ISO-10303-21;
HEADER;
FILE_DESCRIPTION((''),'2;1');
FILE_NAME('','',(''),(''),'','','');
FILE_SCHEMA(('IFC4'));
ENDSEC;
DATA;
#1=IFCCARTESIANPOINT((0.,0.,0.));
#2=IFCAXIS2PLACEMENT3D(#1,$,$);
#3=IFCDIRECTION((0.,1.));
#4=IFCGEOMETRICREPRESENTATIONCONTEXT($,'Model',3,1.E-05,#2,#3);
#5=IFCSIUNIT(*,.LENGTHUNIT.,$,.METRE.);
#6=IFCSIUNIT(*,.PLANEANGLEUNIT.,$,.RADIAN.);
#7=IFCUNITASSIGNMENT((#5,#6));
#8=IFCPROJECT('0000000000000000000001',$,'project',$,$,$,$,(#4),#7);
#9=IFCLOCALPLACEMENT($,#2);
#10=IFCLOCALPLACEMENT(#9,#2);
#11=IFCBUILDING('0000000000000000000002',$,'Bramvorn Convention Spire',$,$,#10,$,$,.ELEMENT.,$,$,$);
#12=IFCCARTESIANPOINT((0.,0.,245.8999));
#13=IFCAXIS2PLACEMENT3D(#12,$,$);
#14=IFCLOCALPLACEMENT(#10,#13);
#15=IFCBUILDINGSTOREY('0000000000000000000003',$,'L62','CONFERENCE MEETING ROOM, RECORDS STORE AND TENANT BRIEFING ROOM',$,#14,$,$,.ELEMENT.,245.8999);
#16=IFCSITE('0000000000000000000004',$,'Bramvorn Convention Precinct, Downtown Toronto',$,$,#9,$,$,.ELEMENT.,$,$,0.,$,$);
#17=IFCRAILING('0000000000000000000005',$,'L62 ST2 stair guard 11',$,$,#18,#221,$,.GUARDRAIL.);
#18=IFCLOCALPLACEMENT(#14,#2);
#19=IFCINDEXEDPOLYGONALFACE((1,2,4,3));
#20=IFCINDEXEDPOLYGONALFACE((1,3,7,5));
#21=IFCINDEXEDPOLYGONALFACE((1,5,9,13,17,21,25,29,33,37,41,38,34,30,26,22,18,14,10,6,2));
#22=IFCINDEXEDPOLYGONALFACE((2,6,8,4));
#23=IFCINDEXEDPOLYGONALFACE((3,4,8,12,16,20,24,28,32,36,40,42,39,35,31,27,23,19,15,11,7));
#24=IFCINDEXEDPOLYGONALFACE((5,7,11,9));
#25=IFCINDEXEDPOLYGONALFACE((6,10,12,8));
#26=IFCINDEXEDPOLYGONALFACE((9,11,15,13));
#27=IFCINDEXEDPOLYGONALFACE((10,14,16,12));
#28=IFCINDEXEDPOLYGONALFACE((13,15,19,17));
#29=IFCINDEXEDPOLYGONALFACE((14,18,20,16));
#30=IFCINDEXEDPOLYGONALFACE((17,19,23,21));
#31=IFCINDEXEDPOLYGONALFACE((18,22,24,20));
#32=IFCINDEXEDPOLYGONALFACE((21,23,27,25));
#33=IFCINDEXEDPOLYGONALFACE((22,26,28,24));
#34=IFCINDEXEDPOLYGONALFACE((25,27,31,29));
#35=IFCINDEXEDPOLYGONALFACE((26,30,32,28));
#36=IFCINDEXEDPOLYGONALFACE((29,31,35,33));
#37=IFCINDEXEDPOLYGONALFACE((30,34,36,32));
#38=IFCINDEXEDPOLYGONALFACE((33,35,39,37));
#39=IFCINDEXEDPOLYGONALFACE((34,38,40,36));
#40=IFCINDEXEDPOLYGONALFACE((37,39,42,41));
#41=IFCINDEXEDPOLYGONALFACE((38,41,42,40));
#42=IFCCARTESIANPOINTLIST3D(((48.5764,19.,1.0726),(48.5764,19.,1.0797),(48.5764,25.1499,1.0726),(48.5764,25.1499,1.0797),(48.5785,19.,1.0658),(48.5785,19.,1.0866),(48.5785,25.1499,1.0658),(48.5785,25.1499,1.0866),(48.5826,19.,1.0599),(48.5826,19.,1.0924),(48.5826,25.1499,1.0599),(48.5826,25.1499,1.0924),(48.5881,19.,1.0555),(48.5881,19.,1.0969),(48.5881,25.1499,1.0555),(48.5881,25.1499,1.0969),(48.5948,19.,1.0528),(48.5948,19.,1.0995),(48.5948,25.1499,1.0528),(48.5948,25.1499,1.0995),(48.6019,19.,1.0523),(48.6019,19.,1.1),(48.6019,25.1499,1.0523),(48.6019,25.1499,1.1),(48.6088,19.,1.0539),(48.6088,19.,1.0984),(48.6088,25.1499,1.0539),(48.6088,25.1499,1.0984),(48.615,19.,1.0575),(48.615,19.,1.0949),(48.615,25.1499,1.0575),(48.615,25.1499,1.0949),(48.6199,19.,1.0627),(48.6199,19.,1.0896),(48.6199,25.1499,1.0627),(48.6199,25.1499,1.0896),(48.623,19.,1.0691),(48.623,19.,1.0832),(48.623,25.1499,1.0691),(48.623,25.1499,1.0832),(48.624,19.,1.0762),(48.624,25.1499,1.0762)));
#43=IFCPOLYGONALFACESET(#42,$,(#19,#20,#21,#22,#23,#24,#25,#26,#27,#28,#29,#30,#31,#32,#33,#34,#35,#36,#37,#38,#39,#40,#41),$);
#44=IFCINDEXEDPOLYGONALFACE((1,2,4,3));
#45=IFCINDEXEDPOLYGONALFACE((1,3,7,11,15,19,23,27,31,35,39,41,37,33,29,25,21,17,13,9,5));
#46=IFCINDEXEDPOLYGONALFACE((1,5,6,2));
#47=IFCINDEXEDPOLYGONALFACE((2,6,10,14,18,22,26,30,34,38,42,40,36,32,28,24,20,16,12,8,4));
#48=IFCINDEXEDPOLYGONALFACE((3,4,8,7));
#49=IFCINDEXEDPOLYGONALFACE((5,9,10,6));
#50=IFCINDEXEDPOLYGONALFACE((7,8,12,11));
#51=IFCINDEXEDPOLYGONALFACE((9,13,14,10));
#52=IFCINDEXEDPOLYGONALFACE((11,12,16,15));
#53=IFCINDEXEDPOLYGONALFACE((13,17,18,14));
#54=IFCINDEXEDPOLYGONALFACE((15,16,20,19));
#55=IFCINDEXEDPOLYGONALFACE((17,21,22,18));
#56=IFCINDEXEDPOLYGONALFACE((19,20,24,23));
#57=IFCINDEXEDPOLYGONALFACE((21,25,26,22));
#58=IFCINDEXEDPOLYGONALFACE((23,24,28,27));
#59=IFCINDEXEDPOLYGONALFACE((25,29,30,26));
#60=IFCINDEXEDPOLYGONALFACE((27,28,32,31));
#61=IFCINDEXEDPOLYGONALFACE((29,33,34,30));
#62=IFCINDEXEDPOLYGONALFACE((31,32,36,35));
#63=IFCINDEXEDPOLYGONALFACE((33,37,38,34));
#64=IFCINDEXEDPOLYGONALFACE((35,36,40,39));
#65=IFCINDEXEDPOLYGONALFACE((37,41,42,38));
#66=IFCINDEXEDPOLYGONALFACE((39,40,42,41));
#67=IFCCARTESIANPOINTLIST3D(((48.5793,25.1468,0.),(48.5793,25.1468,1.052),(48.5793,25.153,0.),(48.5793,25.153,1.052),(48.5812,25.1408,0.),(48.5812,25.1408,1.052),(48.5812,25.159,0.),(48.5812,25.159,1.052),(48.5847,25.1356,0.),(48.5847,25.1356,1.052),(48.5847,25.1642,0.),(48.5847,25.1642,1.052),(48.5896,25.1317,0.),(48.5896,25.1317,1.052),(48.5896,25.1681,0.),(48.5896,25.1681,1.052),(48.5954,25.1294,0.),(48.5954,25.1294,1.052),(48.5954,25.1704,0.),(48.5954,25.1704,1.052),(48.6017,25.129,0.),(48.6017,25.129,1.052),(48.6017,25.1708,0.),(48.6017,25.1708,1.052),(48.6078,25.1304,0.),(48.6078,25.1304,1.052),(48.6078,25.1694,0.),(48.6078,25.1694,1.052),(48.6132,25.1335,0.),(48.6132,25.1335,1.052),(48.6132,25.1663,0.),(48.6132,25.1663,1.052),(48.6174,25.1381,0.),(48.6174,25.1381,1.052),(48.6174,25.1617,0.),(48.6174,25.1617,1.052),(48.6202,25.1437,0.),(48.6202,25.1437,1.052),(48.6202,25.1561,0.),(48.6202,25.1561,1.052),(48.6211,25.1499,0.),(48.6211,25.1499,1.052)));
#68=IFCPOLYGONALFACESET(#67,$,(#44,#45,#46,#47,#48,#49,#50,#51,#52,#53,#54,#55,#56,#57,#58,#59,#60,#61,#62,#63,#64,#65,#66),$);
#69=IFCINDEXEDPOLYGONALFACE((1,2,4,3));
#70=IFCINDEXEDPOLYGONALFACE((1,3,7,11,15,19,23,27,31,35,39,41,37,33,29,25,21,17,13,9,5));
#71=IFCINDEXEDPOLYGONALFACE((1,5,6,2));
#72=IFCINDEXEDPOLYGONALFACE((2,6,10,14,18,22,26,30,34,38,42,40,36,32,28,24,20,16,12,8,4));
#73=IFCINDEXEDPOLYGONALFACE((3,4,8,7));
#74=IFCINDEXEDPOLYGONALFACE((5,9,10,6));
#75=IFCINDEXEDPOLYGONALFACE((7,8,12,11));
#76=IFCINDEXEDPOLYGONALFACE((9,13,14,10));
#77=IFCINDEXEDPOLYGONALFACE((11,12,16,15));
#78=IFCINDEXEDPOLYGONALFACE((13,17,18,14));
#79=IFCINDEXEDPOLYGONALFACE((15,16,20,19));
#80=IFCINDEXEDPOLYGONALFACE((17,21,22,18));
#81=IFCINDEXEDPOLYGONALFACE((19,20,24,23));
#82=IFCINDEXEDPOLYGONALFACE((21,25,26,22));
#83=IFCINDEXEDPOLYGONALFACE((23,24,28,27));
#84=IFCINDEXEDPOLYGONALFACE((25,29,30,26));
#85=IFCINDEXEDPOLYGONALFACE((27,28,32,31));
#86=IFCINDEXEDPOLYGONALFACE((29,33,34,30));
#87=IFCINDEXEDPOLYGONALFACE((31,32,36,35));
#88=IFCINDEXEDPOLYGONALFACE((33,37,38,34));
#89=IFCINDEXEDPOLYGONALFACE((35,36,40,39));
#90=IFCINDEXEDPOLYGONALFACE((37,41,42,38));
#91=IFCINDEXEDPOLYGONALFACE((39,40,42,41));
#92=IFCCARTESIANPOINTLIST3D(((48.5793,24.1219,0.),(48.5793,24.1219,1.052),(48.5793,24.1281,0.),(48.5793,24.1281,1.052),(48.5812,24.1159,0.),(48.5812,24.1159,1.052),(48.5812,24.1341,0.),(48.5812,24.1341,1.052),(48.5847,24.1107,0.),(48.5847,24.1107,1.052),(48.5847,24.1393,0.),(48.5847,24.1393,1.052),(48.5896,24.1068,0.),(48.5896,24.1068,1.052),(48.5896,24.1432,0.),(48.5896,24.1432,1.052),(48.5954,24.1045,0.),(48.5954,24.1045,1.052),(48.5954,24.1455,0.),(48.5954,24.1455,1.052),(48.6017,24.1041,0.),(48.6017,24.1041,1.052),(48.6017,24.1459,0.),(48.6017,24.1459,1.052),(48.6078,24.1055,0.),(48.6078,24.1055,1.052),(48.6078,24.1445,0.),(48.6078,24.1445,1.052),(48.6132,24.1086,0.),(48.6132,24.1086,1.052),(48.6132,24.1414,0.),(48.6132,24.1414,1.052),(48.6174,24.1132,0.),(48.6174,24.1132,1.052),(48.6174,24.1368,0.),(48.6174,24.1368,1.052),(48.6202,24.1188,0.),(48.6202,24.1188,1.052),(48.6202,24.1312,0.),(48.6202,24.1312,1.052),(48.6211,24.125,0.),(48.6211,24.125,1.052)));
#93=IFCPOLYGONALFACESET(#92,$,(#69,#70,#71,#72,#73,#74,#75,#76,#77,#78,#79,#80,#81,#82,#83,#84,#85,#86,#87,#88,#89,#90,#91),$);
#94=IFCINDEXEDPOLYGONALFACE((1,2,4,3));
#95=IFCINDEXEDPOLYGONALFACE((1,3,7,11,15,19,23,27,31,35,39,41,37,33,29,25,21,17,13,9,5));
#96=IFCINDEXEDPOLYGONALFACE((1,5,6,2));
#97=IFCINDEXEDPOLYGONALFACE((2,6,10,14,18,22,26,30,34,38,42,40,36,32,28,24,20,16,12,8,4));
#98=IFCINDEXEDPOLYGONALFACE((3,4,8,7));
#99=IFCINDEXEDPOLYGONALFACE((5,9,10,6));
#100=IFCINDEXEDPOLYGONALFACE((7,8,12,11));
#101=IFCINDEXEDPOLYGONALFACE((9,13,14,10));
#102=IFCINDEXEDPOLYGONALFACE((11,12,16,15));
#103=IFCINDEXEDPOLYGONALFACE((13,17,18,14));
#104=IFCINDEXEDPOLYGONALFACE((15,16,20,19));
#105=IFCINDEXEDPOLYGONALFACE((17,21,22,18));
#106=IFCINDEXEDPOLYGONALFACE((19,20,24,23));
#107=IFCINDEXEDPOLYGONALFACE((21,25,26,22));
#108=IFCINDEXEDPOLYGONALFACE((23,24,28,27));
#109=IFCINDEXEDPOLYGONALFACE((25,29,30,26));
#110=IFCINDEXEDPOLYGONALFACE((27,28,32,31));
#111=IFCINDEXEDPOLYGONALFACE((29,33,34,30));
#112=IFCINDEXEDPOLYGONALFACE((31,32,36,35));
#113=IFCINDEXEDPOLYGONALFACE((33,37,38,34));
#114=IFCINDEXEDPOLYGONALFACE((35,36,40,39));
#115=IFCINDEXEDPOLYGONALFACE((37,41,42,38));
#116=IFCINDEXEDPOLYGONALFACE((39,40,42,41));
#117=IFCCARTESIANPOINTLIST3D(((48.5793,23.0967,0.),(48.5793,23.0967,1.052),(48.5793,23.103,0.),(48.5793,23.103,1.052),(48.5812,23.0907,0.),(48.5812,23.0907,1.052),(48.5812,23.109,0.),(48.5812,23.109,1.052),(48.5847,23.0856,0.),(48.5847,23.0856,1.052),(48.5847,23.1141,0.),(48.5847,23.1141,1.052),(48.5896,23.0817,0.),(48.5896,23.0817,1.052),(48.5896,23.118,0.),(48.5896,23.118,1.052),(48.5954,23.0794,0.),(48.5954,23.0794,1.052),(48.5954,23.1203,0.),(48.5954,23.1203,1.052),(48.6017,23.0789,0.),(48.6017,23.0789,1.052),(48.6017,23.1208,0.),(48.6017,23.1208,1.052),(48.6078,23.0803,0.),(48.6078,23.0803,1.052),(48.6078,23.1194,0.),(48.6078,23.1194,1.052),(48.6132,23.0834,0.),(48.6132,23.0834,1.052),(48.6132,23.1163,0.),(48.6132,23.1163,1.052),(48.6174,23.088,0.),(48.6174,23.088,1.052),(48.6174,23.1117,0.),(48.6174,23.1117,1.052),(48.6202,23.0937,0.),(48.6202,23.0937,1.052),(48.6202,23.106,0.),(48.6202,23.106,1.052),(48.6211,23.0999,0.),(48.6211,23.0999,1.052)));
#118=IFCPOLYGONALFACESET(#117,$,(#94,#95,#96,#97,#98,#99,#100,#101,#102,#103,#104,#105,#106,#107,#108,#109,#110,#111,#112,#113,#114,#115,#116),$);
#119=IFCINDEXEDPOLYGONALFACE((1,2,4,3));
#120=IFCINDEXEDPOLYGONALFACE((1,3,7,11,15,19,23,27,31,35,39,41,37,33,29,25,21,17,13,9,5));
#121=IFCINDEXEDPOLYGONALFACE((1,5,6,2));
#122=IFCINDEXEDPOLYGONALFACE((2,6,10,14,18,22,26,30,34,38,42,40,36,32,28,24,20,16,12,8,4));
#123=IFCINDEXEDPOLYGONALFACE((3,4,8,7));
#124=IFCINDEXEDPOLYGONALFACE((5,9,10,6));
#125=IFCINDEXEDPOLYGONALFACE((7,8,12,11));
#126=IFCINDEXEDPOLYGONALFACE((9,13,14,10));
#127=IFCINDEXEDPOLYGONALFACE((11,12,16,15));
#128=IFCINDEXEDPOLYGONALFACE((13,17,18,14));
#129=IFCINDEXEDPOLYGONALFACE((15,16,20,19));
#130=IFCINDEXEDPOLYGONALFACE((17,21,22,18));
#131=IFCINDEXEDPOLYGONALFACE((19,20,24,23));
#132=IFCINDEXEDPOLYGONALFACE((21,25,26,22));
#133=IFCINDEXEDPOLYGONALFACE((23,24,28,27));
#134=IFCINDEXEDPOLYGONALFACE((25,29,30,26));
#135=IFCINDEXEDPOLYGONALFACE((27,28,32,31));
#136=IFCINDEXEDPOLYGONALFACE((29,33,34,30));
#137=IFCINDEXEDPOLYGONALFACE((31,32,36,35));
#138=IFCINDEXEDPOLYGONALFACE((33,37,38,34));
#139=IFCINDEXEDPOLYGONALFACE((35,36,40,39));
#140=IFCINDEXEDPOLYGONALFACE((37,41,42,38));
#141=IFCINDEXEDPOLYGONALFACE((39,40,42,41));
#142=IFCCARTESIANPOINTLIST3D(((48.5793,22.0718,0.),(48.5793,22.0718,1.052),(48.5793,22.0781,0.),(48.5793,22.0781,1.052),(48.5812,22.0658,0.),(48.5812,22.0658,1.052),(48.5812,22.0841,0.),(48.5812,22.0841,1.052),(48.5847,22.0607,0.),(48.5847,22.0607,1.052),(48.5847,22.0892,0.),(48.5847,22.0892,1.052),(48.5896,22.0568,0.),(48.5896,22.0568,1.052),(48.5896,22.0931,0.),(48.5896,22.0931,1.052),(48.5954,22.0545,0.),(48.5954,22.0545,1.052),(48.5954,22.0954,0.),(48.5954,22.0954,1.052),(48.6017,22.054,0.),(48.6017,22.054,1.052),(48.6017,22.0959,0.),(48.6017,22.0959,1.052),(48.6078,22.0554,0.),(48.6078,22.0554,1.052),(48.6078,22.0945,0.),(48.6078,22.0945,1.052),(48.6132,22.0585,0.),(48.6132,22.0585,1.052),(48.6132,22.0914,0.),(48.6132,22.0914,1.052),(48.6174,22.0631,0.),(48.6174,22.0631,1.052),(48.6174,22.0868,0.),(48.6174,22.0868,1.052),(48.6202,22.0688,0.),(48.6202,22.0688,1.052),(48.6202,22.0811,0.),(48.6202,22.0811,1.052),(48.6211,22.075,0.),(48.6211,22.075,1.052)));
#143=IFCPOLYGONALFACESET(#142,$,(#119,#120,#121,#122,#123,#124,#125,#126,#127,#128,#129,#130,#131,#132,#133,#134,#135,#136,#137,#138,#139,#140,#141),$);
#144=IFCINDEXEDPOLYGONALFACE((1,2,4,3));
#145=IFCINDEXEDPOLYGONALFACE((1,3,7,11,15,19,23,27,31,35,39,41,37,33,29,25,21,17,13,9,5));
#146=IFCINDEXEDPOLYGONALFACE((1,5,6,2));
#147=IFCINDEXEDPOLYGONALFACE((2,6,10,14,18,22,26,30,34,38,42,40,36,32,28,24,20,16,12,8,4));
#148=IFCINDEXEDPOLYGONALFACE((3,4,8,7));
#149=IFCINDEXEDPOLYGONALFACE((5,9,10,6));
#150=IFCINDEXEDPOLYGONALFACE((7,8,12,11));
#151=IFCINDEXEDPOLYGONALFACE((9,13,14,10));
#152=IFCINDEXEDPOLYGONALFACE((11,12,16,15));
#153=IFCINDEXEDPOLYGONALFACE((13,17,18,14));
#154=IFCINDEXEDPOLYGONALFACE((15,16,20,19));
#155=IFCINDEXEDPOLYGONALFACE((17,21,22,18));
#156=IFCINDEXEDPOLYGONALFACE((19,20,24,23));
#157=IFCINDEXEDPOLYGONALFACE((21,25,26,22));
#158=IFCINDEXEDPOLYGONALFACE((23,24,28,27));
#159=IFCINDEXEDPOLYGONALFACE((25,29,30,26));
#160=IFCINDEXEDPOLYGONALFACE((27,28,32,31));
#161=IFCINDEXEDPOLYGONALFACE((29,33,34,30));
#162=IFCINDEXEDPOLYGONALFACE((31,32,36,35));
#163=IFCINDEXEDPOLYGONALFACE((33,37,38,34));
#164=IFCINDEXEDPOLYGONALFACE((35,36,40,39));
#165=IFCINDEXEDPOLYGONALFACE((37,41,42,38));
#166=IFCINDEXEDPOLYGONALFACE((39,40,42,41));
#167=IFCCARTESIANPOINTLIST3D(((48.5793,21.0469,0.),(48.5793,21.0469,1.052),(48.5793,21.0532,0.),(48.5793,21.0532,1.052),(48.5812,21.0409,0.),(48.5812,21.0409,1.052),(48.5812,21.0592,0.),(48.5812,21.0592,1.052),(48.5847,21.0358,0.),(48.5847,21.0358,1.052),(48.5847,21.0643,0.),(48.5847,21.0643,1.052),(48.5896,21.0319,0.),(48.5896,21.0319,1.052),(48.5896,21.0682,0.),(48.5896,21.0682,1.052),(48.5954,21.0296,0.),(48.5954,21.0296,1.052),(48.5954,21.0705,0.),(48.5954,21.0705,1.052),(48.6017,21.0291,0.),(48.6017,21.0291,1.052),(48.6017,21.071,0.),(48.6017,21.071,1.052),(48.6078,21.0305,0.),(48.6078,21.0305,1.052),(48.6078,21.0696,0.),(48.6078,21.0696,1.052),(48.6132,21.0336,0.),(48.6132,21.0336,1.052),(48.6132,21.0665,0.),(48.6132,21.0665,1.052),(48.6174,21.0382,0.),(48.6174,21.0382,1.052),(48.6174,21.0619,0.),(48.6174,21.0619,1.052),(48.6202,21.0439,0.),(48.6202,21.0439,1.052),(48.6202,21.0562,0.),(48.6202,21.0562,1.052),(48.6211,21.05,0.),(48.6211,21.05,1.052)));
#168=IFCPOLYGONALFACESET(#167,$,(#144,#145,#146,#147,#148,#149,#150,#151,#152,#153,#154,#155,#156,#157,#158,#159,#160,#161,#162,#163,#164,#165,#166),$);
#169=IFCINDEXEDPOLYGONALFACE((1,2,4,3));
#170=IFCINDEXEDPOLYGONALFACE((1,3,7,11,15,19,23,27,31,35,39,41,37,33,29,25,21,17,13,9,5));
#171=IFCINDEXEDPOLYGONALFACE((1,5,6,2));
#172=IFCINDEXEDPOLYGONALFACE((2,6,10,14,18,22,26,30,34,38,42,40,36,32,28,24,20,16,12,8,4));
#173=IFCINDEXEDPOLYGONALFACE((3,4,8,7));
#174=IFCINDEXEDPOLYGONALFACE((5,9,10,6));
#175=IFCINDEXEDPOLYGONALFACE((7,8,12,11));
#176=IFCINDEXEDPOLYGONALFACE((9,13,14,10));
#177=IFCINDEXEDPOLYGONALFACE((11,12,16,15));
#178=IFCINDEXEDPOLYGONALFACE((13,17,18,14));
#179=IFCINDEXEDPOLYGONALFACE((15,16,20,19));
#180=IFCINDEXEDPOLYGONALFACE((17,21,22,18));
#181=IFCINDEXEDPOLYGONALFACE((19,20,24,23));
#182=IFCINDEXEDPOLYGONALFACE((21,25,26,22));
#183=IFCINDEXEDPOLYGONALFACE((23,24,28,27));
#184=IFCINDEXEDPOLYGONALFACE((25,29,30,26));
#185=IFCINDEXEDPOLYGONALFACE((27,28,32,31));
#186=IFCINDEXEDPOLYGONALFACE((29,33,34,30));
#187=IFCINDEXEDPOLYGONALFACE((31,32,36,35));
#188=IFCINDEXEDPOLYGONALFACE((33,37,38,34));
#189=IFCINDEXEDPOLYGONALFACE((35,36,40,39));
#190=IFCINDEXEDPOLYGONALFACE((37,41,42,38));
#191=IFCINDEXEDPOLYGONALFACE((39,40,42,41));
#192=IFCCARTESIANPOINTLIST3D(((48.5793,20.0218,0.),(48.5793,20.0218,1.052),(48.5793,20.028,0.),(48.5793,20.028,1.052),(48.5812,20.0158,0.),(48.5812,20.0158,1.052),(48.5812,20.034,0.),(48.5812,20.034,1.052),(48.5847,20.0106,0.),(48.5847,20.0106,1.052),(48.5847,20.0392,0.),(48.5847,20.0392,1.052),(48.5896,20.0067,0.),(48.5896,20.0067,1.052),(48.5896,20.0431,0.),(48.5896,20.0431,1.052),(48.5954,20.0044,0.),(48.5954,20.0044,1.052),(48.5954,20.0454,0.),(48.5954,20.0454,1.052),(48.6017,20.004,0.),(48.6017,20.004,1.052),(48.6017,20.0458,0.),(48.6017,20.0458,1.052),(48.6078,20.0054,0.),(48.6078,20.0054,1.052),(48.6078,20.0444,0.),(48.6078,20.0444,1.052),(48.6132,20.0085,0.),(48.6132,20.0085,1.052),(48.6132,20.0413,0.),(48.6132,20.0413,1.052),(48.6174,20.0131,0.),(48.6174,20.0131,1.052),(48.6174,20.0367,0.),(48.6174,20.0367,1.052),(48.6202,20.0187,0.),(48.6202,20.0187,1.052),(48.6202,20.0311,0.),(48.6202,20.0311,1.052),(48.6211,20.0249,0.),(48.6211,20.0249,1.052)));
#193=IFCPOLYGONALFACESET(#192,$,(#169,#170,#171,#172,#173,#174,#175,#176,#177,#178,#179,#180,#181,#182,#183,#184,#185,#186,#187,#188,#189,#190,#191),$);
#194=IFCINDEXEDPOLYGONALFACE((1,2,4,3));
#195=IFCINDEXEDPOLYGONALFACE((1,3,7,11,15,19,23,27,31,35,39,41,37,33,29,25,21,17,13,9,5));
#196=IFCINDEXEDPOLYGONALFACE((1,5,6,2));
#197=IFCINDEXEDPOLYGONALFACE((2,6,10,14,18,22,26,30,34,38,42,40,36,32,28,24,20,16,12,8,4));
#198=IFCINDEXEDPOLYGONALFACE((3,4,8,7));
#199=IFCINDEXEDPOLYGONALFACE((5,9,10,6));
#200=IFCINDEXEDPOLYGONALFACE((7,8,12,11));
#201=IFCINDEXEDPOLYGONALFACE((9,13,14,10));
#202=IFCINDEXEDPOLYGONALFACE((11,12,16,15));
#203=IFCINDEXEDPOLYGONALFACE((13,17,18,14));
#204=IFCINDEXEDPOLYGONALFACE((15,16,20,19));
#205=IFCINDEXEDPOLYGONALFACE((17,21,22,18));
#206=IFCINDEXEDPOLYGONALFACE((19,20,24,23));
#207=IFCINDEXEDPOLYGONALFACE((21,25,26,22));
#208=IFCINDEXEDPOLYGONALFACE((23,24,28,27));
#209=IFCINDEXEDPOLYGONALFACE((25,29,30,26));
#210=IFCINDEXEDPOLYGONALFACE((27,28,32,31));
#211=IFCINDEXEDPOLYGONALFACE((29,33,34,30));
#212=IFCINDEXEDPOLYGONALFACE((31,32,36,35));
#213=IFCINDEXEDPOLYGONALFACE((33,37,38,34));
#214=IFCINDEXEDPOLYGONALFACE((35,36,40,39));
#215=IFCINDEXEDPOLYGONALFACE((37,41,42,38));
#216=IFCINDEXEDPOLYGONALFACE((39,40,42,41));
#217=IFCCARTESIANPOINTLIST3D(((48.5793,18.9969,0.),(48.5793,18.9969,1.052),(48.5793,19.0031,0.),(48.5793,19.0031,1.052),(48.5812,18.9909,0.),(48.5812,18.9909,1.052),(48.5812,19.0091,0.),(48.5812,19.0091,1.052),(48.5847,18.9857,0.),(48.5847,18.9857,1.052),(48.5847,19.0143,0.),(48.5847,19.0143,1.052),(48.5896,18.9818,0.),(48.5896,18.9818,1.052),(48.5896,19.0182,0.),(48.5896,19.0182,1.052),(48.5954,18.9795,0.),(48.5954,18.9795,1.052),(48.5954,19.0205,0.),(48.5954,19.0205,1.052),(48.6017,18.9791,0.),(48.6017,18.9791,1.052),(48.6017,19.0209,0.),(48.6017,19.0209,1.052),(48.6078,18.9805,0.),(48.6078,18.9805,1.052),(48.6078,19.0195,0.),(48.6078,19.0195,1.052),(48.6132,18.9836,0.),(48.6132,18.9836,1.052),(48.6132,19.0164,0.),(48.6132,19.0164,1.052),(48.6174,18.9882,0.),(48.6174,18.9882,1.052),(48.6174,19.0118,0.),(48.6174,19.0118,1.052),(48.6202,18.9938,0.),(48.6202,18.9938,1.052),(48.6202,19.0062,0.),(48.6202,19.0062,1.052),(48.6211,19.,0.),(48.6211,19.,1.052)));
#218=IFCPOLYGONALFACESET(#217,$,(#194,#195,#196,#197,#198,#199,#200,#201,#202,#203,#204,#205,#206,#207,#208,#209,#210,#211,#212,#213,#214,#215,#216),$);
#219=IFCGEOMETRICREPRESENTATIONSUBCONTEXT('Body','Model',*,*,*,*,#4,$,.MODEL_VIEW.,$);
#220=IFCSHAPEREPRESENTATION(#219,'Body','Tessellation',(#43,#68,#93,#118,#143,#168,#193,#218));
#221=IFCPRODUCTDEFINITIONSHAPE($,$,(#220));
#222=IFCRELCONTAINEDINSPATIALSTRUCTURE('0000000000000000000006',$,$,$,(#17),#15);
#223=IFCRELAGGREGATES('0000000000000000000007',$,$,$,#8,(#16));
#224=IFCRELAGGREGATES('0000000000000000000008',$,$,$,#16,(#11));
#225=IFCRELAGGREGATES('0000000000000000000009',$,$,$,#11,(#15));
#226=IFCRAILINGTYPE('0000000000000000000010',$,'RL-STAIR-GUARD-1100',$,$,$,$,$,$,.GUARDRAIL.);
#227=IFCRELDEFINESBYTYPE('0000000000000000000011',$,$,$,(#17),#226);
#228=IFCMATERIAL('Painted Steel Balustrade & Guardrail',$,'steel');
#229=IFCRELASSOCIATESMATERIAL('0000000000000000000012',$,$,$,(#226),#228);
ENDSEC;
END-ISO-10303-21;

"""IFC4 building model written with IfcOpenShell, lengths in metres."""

from ifc_helpers import new_model, si_unit, direction, frame, origin, origin_2d, place, context, subcontext, project, spatial, circle, extrude, material, type_object, element, save


model = new_model("IFC4")

# Units and contexts
model_context = context("Model", 3, precision=1e-05, world=origin(), true_north=direction((0.0, 1.0)))
body_context = subcontext(model_context, "Body", "Model", "MODEL_VIEW")
ifc_project = project(units=[si_unit("LENGTHUNIT", "METRE"), si_unit("PLANEANGLEUNIT", "RADIAN")], contexts=[model_context])

# Site, building, storey
site_placement = place(None, origin())
site = spatial("IfcSite", under=ifc_project, at=site_placement, Name="Bramvorn Convention Precinct, Downtown Toronto", CompositionType="ELEMENT", RefElevation=0.0)
building_placement = place(site_placement, origin())
building = spatial("IfcBuilding", under=site, at=building_placement, Name="Bramvorn Convention Spire", CompositionType="ELEMENT")
storey_placement = place(building_placement, frame((0.0, 0.0, 245.8999)))
storey = spatial("IfcBuildingStorey", under=building, at=storey_placement, Name="L62", Description="CONFERENCE MEETING ROOM, RECORDS STORE AND TENANT BRIEFING ROOM", CompositionType="ELEMENT", Elevation=245.8999)

# Railing
ifc_material_1 = material(Name="Painted Steel Balustrade & Guardrail", Category="steel")
railing_type_1 = type_object("IfcRailingType", Name="RL-STAIR-GUARD-1100", PredefinedType="GUARDRAIL", material=ifc_material_1)
railing_1_placement = place(storey_placement, frame((48.6001, 25.1499, 0.0)))
element("IfcRailing", 1, at=railing_1_placement, inside=storey, type_object=railing_type_1, Name="L62 ST2 stair guard 11", PredefinedType="GUARDRAIL", context=body_context, shape_type="SweptSolid", body=[
    extrude(circle(Radius=0.0239, at=origin_2d()), frame((0.0, 0.0, 1.0762), z_axis=(0.0, -1.0, 0.0), x_axis=(1.0, 0.0, 0.0)), (0.0, 0.0, 1.0), 6.1499),
    extrude(circle(Radius=0.021, at=origin_2d()), origin(), (0.0, 0.0, 1.0), 1.052),
    extrude(circle(Radius=0.021, at=origin_2d()), frame((0.0, -1.0249, 0.0)), (0.0, 0.0, 1.0), 1.052),
    extrude(circle(Radius=0.021, at=origin_2d()), frame((0.0, -2.05, 0.0)), (0.0, 0.0, 1.0), 1.052),
    extrude(circle(Radius=0.021, at=origin_2d()), frame((0.0, -3.075, 0.0)), (0.0, 0.0, 1.0), 1.052),
    extrude(circle(Radius=0.021, at=origin_2d()), frame((0.0, -4.0999, 0.0)), (0.0, 0.0, 1.0), 1.052),
    extrude(circle(Radius=0.021, at=origin_2d()), frame((0.0, -5.125, 0.0)), (0.0, 0.0, 1.0), 1.052),
    extrude(circle(Radius=0.021, at=origin_2d()), frame((0.0, -6.1499, 0.0)), (0.0, 0.0, 1.0), 1.052),
])

save(model, "model.ifc")
